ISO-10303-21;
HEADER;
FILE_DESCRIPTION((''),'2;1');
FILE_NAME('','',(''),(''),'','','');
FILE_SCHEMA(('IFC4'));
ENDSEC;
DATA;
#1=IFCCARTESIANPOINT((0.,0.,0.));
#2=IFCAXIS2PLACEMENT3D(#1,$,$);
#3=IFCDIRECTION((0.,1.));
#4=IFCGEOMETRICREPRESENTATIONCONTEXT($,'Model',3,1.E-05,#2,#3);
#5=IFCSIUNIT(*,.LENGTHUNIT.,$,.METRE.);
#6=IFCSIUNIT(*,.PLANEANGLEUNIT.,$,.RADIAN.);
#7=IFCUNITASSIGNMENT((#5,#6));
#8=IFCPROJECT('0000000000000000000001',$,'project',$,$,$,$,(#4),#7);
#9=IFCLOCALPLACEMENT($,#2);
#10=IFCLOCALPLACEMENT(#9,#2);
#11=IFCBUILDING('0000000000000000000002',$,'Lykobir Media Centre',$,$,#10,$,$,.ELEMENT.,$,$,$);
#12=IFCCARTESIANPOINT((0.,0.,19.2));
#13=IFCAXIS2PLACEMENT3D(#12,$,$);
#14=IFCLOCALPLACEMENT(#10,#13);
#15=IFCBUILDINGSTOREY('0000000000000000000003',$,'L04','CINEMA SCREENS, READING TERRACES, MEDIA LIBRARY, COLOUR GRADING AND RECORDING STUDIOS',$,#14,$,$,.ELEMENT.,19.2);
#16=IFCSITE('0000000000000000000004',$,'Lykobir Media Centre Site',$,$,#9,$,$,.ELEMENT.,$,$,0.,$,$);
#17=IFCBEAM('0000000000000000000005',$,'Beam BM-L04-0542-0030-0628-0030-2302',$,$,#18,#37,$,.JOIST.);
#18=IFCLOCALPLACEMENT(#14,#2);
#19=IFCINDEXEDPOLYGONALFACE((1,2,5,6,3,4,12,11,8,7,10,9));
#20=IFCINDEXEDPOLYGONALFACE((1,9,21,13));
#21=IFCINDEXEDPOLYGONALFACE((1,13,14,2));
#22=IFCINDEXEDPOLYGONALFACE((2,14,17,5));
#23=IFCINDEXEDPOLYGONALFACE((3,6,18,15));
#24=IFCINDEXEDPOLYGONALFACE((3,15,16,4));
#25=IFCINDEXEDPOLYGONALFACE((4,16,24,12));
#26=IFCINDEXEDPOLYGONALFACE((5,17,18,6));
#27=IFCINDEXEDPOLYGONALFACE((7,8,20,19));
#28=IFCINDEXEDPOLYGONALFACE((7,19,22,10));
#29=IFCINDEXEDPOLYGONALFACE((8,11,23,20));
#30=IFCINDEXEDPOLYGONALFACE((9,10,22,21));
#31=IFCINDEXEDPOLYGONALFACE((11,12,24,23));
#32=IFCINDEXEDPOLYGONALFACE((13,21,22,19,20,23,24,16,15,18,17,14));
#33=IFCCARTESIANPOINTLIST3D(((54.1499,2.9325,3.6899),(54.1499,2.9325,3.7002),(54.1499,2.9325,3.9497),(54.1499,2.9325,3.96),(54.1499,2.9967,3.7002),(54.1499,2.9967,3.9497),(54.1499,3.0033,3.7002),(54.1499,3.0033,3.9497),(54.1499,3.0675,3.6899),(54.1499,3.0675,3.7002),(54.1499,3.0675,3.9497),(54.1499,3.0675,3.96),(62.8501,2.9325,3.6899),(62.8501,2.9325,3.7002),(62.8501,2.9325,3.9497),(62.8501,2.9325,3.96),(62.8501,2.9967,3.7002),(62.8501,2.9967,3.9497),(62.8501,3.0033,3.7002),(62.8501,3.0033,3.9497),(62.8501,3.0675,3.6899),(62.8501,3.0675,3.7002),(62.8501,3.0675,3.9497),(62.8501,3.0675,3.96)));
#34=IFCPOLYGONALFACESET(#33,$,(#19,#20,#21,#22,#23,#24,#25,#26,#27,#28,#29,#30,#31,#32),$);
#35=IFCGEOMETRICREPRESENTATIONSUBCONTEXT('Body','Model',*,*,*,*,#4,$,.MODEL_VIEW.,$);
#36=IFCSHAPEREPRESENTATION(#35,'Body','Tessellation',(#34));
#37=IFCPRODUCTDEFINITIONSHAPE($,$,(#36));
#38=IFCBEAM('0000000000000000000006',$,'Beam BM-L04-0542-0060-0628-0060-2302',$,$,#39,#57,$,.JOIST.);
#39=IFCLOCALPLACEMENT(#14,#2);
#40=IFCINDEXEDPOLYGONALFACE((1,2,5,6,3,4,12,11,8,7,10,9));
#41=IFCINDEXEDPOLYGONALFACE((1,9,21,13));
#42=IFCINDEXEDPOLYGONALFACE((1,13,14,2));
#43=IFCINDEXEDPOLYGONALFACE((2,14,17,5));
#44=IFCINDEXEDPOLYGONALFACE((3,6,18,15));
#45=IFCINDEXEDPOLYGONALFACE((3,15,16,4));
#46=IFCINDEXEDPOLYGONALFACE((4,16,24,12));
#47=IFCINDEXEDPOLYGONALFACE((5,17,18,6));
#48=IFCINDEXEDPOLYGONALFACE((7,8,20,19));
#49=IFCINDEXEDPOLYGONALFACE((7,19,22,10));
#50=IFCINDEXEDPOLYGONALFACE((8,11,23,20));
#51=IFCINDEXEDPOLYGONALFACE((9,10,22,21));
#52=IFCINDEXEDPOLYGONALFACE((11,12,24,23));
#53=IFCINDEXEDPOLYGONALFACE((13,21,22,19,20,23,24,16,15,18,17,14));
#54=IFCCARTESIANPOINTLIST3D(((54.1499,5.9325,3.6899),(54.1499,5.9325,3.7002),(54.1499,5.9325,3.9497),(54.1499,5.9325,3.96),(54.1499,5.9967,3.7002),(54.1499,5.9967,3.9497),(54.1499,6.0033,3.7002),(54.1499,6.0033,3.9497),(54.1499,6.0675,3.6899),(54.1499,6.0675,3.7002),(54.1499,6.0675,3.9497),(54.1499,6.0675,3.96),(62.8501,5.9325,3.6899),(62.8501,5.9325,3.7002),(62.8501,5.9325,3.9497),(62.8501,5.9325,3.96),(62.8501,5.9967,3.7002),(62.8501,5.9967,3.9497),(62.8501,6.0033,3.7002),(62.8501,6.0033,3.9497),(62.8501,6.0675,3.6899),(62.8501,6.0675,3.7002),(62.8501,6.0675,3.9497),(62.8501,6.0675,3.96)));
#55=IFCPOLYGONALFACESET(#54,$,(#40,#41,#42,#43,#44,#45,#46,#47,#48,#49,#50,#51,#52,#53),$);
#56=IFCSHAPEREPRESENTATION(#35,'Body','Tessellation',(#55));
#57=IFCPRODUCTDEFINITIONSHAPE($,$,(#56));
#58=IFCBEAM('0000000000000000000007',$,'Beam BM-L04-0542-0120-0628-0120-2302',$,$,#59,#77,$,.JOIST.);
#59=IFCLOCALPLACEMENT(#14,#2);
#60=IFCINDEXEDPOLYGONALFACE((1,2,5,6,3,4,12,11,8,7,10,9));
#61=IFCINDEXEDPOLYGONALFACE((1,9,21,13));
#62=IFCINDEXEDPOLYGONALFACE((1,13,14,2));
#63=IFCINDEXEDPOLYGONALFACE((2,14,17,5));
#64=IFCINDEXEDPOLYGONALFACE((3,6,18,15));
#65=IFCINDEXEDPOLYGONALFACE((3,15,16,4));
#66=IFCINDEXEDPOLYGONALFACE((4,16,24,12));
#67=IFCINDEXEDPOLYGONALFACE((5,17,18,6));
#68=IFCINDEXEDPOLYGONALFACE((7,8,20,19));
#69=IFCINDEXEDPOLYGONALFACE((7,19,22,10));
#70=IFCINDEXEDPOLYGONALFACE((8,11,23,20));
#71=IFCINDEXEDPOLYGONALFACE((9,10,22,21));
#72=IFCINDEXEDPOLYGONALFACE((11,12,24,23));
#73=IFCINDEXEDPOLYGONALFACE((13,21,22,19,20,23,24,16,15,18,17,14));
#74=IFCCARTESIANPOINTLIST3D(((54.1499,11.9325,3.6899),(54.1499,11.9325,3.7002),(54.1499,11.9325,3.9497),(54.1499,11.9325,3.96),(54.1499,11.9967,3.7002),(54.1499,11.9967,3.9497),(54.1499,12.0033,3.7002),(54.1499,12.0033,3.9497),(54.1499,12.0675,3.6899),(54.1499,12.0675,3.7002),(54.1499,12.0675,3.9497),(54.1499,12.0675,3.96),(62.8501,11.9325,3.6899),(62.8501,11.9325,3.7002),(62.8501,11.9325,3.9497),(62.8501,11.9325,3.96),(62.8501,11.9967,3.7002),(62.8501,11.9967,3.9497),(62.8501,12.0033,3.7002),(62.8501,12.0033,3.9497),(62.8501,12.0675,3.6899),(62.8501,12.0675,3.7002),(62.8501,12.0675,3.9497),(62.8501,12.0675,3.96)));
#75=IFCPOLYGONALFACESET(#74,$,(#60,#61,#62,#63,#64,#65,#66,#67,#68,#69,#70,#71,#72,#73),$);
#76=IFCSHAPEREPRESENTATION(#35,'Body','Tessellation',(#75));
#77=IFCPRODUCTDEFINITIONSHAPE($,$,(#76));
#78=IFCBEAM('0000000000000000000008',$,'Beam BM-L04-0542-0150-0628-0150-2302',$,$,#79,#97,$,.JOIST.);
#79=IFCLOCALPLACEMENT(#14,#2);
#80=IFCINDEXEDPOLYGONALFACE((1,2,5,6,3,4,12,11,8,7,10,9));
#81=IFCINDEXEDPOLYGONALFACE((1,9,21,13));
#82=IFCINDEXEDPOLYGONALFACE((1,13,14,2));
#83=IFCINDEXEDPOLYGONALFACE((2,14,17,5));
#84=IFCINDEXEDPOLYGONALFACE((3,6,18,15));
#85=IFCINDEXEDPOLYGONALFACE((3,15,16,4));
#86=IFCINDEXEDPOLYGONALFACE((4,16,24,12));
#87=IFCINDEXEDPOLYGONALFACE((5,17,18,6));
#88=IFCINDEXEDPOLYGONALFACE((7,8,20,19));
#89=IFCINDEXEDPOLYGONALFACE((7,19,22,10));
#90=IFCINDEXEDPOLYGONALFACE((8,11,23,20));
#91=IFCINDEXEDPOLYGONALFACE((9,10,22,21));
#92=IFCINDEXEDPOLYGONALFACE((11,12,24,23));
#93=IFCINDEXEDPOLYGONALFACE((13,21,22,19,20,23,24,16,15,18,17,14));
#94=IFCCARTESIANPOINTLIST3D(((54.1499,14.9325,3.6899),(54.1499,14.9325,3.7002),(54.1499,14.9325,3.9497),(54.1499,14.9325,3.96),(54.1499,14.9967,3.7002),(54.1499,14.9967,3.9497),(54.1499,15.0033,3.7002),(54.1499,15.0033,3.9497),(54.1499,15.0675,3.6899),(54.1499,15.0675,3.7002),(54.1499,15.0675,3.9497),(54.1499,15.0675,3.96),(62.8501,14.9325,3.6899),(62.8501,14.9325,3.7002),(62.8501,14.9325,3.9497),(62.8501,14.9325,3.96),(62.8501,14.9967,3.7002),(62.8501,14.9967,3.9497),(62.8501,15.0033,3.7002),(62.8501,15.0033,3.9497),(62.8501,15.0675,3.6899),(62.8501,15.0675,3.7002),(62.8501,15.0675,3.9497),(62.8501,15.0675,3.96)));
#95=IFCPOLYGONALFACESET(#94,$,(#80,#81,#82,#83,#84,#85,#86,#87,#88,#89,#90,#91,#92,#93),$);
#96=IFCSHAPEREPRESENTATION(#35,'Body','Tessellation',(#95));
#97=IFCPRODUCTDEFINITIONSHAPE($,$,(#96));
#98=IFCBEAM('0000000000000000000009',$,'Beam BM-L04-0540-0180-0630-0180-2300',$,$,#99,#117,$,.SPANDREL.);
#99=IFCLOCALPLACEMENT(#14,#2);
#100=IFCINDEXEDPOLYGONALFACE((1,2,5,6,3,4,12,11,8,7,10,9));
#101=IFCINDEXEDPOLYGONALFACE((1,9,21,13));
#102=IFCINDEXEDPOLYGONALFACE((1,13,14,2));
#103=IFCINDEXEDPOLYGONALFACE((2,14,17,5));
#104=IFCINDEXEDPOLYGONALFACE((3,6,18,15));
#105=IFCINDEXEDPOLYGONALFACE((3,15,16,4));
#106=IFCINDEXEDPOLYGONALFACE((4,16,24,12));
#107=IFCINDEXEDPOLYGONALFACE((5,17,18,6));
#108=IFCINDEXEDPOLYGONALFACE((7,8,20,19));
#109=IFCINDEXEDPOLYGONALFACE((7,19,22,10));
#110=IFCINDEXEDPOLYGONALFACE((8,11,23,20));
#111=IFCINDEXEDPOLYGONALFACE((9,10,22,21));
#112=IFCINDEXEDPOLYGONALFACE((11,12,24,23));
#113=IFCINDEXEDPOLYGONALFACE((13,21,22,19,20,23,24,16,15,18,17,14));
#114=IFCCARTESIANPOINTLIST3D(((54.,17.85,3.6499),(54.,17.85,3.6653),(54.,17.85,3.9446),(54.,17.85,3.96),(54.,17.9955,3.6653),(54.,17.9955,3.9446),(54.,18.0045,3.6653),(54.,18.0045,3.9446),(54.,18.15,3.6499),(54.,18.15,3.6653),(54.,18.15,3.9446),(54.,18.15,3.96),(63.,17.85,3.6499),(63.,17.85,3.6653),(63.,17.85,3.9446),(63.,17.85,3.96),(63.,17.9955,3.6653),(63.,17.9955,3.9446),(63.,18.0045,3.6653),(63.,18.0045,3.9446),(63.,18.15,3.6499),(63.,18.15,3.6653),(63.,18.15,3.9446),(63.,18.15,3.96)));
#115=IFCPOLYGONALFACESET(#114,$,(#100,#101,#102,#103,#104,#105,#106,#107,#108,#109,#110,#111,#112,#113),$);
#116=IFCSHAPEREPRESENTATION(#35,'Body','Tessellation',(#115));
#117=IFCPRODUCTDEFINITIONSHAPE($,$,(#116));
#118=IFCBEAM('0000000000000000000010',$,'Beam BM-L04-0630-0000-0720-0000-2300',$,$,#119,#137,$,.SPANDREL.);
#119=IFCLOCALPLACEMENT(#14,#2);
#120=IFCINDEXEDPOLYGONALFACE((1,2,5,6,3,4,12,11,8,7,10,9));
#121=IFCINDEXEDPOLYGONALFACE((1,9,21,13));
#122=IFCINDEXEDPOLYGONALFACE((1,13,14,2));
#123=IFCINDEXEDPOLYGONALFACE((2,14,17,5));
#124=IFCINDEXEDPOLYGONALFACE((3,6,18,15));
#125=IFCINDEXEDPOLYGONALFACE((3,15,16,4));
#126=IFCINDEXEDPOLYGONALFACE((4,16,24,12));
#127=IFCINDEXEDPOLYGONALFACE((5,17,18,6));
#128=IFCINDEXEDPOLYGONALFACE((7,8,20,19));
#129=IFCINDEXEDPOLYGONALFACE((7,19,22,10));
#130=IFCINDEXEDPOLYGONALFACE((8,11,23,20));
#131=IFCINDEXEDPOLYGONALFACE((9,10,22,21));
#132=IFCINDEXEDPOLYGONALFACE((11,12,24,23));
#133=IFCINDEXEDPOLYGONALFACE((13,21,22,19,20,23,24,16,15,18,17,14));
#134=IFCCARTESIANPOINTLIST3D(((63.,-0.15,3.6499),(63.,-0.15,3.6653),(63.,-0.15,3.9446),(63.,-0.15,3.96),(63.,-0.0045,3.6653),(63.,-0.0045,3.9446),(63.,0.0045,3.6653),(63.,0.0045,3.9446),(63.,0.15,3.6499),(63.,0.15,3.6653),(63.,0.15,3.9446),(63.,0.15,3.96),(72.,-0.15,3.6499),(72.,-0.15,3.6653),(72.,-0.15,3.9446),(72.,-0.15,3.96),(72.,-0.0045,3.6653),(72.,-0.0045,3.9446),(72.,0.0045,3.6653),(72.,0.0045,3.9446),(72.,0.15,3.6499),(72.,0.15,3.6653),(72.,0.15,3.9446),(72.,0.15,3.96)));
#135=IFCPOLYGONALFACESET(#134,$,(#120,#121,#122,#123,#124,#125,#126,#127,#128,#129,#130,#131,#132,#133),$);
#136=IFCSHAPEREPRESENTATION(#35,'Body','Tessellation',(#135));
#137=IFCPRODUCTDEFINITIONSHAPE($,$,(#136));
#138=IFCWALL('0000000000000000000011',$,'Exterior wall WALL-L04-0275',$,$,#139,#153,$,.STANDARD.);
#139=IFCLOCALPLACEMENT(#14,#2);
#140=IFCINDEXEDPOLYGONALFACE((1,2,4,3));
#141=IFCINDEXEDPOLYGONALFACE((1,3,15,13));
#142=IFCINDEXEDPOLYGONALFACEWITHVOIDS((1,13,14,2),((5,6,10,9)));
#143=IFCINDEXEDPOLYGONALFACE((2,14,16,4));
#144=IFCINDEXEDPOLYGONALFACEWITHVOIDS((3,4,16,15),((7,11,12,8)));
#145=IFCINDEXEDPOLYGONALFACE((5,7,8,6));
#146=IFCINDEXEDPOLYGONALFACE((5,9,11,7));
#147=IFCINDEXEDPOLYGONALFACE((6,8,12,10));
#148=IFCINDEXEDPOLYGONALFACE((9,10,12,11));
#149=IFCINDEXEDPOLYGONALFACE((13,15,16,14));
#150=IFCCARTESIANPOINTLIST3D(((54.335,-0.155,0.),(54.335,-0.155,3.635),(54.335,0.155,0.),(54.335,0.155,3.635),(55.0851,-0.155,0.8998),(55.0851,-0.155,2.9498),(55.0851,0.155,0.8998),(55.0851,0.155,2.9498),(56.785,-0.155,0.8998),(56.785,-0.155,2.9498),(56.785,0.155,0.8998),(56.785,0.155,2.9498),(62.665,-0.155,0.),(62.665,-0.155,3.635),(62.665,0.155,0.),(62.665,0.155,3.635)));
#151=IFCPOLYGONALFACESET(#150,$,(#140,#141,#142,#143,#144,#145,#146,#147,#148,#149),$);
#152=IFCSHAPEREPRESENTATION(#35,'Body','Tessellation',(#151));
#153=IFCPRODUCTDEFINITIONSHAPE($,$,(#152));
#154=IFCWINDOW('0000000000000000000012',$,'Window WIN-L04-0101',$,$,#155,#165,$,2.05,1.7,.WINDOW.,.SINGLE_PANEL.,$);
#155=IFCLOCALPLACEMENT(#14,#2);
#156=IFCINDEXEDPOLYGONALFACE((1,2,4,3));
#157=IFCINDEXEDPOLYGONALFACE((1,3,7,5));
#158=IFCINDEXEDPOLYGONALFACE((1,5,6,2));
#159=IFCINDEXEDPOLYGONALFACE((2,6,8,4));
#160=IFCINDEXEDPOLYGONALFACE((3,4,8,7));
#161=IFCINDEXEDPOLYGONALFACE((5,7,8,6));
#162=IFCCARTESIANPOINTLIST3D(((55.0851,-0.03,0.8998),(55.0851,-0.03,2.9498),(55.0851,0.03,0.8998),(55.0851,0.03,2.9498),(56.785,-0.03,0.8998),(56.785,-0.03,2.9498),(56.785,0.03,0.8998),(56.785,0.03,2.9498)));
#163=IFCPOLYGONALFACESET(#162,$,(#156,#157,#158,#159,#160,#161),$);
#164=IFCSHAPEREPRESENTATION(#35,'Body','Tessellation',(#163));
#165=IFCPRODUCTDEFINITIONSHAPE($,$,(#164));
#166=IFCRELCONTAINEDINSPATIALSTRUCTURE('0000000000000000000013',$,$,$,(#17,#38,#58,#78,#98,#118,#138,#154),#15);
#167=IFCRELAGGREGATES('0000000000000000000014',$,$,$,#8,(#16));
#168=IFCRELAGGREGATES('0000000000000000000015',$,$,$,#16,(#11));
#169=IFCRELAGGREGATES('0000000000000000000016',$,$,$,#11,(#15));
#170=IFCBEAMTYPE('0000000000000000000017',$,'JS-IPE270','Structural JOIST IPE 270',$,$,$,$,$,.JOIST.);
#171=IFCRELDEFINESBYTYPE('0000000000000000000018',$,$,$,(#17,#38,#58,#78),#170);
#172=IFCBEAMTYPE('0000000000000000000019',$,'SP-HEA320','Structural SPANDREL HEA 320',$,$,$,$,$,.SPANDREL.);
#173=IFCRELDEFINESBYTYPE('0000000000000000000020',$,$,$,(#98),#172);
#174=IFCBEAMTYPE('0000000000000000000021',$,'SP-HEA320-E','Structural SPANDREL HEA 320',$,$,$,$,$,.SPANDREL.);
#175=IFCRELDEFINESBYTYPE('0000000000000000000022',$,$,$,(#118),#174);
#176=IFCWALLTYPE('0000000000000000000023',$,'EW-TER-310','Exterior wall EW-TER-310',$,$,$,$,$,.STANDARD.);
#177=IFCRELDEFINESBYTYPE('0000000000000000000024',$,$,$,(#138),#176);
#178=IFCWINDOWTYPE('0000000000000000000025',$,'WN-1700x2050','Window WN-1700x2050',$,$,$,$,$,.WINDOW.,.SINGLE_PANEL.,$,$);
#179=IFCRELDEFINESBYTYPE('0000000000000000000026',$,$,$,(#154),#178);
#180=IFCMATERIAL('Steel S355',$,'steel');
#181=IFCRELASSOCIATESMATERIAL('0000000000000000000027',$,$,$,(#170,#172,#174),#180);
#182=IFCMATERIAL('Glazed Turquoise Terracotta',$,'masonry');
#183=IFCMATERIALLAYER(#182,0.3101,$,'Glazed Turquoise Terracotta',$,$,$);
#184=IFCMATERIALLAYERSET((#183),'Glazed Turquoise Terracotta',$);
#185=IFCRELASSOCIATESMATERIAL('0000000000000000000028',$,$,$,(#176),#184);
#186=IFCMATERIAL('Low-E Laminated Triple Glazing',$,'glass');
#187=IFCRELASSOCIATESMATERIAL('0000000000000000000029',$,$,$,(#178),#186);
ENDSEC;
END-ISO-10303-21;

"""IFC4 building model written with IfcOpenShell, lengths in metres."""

from ifc_helpers import new_model, si_unit, direction, frame, frame_2d, origin, origin_2d, place, context, subcontext, project, spatial, rectangle, i_section, extrude, material, layer, layer_set, material_profile, profile_set, type_object, element, fill, save


model = new_model("IFC4")

# Units and contexts
model_context = context("Model", 3, precision=1e-05, world=origin(), true_north=direction((0.0, 1.0)))
body_context = subcontext(model_context, "Body", "Model", "MODEL_VIEW")
ifc_project = project(units=[si_unit("LENGTHUNIT", "METRE"), si_unit("PLANEANGLEUNIT", "RADIAN")], contexts=[model_context])

# Site, building, storey
site_placement = place(None, origin())
site = spatial("IfcSite", under=ifc_project, at=site_placement, Name="Lykobir Media Centre Site", CompositionType="ELEMENT", RefElevation=0.0)
building_placement = place(site_placement, origin())
building = spatial("IfcBuilding", under=site, at=building_placement, Name="Lykobir Media Centre", CompositionType="ELEMENT")
storey_placement = place(building_placement, frame((0.0, 0.0, 19.2)))
storey = spatial("IfcBuildingStorey", under=building, at=storey_placement, Name="L04", Description="CINEMA SCREENS, READING TERRACES, MEDIA LIBRARY, COLOUR GRADING AND RECORDING STUDIOS", CompositionType="ELEMENT", Elevation=19.2)

# Shared definitions
ifc_material_1 = material(Name="Steel S355", Category="steel")

# Beams
ifc_material_profile_1 = material_profile(ifc_material_1, i_section(OverallWidth=0.135, OverallDepth=0.27, WebThickness=0.0066, FlangeThickness=0.0103, at=origin_2d()), Name="IPE 270")
ifc_profile_set_1 = profile_set([ifc_material_profile_1], Name="Steel S355")
beam_type_1 = type_object("IfcBeamType", Name="JS-IPE270", Description="Structural JOIST IPE 270", PredefinedType="JOIST", material=ifc_profile_set_1)
for number, where, z_axis, x_axis, name in (
    (1, (54.1499, 3.0, 3.825), (1.0, 0.0, 0.0), (0.0, 1.0, 0.0), "Beam BM-L04-0542-0030-0628-0030-2302"),
    (2, (54.1499, 6.0, 3.825), (1.0, 0.0, 0.0), (0.0, 1.0, 0.0), "Beam BM-L04-0542-0060-0628-0060-2302"),
    (3, (54.1499, 12.0, 3.825), (1.0, 0.0, 0.0), (0.0, 1.0, 0.0), "Beam BM-L04-0542-0120-0628-0120-2302"),
    (4, (54.1499, 15.0, 3.825), (1.0, 0.0, 0.0), (0.0, 1.0, 0.0), "Beam BM-L04-0542-0150-0628-0150-2302"),
):
    element("IfcBeam", number, at=place(storey_placement, frame(where, z_axis=z_axis, x_axis=x_axis)), inside=storey, type_object=beam_type_1, Name=name, PredefinedType="JOIST", context=body_context, shape_type="SweptSolid", body=[
        extrude(i_section(OverallWidth=0.135, OverallDepth=0.27, WebThickness=0.0066, FlangeThickness=0.0103, at=origin_2d()), origin(), (0.0, 0.0, 1.0), 8.7002),
    ])
ifc_material_profile_2 = material_profile(ifc_material_1, i_section(OverallWidth=0.3, OverallDepth=0.3101, WebThickness=0.009, FlangeThickness=0.0154, at=origin_2d()), Name="HEA 320")
ifc_profile_set_2 = profile_set([ifc_material_profile_2], Name="Steel S355")
beam_type_2 = type_object("IfcBeamType", Name="SP-HEA320", Description="Structural SPANDREL HEA 320", PredefinedType="SPANDREL", material=ifc_profile_set_2)
beam_1_placement = place(storey_placement, frame((54.0, 18.0, 3.8049), z_axis=(1.0, 0.0, 0.0), x_axis=(0.0, 1.0, 0.0)))
element("IfcBeam", 5, at=beam_1_placement, inside=storey, type_object=beam_type_2, Name="Beam BM-L04-0540-0180-0630-0180-2300", PredefinedType="SPANDREL", context=body_context, shape_type="SweptSolid", body=[
    extrude(i_section(OverallWidth=0.3, OverallDepth=0.3101, WebThickness=0.009, FlangeThickness=0.0154, at=origin_2d()), origin(), (0.0, 0.0, 1.0), 9.0),
])
ifc_material_profile_3 = material_profile(ifc_material_1, i_section(OverallWidth=0.3, OverallDepth=0.3101, WebThickness=0.009, FlangeThickness=0.0154, at=origin_2d()), Name="HEA 320")
ifc_profile_set_3 = profile_set([ifc_material_profile_3], Name="Steel S355")
beam_type_3 = type_object("IfcBeamType", Name="SP-HEA320-E", Description="Structural SPANDREL HEA 320", PredefinedType="SPANDREL", material=ifc_profile_set_3)
beam_2_placement = place(storey_placement, frame((63.0, 0.0, 3.8049), z_axis=(1.0, 0.0, 0.0), x_axis=(0.0, 1.0, 0.0)))
element("IfcBeam", 6, at=beam_2_placement, inside=storey, type_object=beam_type_3, Name="Beam BM-L04-0630-0000-0720-0000-2300", PredefinedType="SPANDREL", context=body_context, shape_type="SweptSolid", body=[
    extrude(i_section(OverallWidth=0.3, OverallDepth=0.3101, WebThickness=0.009, FlangeThickness=0.0154, at=origin_2d()), origin(), (0.0, 0.0, 1.0), 9.0),
])

# Wall, opening, window
ifc_material_2 = material(Name="Glazed Turquoise Terracotta", Category="masonry")
ifc_layer_1 = layer(ifc_material_2, 0.3101, Name="Glazed Turquoise Terracotta")
ifc_layer_set_1 = layer_set([ifc_layer_1], Name="Glazed Turquoise Terracotta")
wall_type_1 = type_object("IfcWallType", Name="EW-TER-310", Description="Exterior wall EW-TER-310", PredefinedType="STANDARD", material=ifc_layer_set_1)
wall_1_placement = place(storey_placement, frame((54.335, 0.0, 0.0), z_axis=(0.0, 0.0, 1.0), x_axis=(1.0, 0.0, 0.0)))
wall_1 = element("IfcWall", 7, at=wall_1_placement, inside=storey, type_object=wall_type_1, Name="Exterior wall WALL-L04-0275", PredefinedType="STANDARD", context=body_context, shape_type="SweptSolid", body=[
    extrude(rectangle(XDim=8.3301, YDim=0.3101, at=frame_2d((4.165, 0.0))), origin(), (0.0, 0.0, 1.0), 3.635),
])
opening_1_placement = place(wall_1_placement, frame((0.75, 0.0, 0.8999)))
opening_1 = element("IfcOpeningElement", 8, at=opening_1_placement, cuts=wall_1, PredefinedType="OPENING", context=body_context, shape_type="SweptSolid", body=[
    extrude(rectangle(XDim=1.7, YDim=2.05, at=frame_2d((0.8501, 1.0249))), frame((0.0, 0.165, 0.0), z_axis=(0.0, -1.0, 0.0), x_axis=(1.0, 0.0, 0.0)), (0.0, 0.0, 1.0), 0.3301),
])
ifc_material_3 = material(Name="Low-E Laminated Triple Glazing", Category="glass")
window_type = type_object("IfcWindowType", Name="WN-1700x2050", Description="Window WN-1700x2050", PartitioningType="SINGLE_PANEL", PredefinedType="WINDOW", material=ifc_material_3)
window_placement = place(opening_1_placement, origin())
window = element("IfcWindow", 9, at=window_placement, inside=storey, type_object=window_type, Name="Window WIN-L04-0101", OverallHeight=2.05, OverallWidth=1.7, PartitioningType="SINGLE_PANEL", PredefinedType="WINDOW", context=body_context, shape_type="SweptSolid", body=[
    extrude(rectangle(XDim=1.7, YDim=2.05, at=frame_2d((0.8501, 1.0249))), frame((0.0, 0.03, 0.0), z_axis=(0.0, -1.0, 0.0), x_axis=(1.0, 0.0, 0.0)), (0.0, 0.0, 1.0), 0.0601),
])
fill(opening_1, window)

save(model, "model.ifc")
